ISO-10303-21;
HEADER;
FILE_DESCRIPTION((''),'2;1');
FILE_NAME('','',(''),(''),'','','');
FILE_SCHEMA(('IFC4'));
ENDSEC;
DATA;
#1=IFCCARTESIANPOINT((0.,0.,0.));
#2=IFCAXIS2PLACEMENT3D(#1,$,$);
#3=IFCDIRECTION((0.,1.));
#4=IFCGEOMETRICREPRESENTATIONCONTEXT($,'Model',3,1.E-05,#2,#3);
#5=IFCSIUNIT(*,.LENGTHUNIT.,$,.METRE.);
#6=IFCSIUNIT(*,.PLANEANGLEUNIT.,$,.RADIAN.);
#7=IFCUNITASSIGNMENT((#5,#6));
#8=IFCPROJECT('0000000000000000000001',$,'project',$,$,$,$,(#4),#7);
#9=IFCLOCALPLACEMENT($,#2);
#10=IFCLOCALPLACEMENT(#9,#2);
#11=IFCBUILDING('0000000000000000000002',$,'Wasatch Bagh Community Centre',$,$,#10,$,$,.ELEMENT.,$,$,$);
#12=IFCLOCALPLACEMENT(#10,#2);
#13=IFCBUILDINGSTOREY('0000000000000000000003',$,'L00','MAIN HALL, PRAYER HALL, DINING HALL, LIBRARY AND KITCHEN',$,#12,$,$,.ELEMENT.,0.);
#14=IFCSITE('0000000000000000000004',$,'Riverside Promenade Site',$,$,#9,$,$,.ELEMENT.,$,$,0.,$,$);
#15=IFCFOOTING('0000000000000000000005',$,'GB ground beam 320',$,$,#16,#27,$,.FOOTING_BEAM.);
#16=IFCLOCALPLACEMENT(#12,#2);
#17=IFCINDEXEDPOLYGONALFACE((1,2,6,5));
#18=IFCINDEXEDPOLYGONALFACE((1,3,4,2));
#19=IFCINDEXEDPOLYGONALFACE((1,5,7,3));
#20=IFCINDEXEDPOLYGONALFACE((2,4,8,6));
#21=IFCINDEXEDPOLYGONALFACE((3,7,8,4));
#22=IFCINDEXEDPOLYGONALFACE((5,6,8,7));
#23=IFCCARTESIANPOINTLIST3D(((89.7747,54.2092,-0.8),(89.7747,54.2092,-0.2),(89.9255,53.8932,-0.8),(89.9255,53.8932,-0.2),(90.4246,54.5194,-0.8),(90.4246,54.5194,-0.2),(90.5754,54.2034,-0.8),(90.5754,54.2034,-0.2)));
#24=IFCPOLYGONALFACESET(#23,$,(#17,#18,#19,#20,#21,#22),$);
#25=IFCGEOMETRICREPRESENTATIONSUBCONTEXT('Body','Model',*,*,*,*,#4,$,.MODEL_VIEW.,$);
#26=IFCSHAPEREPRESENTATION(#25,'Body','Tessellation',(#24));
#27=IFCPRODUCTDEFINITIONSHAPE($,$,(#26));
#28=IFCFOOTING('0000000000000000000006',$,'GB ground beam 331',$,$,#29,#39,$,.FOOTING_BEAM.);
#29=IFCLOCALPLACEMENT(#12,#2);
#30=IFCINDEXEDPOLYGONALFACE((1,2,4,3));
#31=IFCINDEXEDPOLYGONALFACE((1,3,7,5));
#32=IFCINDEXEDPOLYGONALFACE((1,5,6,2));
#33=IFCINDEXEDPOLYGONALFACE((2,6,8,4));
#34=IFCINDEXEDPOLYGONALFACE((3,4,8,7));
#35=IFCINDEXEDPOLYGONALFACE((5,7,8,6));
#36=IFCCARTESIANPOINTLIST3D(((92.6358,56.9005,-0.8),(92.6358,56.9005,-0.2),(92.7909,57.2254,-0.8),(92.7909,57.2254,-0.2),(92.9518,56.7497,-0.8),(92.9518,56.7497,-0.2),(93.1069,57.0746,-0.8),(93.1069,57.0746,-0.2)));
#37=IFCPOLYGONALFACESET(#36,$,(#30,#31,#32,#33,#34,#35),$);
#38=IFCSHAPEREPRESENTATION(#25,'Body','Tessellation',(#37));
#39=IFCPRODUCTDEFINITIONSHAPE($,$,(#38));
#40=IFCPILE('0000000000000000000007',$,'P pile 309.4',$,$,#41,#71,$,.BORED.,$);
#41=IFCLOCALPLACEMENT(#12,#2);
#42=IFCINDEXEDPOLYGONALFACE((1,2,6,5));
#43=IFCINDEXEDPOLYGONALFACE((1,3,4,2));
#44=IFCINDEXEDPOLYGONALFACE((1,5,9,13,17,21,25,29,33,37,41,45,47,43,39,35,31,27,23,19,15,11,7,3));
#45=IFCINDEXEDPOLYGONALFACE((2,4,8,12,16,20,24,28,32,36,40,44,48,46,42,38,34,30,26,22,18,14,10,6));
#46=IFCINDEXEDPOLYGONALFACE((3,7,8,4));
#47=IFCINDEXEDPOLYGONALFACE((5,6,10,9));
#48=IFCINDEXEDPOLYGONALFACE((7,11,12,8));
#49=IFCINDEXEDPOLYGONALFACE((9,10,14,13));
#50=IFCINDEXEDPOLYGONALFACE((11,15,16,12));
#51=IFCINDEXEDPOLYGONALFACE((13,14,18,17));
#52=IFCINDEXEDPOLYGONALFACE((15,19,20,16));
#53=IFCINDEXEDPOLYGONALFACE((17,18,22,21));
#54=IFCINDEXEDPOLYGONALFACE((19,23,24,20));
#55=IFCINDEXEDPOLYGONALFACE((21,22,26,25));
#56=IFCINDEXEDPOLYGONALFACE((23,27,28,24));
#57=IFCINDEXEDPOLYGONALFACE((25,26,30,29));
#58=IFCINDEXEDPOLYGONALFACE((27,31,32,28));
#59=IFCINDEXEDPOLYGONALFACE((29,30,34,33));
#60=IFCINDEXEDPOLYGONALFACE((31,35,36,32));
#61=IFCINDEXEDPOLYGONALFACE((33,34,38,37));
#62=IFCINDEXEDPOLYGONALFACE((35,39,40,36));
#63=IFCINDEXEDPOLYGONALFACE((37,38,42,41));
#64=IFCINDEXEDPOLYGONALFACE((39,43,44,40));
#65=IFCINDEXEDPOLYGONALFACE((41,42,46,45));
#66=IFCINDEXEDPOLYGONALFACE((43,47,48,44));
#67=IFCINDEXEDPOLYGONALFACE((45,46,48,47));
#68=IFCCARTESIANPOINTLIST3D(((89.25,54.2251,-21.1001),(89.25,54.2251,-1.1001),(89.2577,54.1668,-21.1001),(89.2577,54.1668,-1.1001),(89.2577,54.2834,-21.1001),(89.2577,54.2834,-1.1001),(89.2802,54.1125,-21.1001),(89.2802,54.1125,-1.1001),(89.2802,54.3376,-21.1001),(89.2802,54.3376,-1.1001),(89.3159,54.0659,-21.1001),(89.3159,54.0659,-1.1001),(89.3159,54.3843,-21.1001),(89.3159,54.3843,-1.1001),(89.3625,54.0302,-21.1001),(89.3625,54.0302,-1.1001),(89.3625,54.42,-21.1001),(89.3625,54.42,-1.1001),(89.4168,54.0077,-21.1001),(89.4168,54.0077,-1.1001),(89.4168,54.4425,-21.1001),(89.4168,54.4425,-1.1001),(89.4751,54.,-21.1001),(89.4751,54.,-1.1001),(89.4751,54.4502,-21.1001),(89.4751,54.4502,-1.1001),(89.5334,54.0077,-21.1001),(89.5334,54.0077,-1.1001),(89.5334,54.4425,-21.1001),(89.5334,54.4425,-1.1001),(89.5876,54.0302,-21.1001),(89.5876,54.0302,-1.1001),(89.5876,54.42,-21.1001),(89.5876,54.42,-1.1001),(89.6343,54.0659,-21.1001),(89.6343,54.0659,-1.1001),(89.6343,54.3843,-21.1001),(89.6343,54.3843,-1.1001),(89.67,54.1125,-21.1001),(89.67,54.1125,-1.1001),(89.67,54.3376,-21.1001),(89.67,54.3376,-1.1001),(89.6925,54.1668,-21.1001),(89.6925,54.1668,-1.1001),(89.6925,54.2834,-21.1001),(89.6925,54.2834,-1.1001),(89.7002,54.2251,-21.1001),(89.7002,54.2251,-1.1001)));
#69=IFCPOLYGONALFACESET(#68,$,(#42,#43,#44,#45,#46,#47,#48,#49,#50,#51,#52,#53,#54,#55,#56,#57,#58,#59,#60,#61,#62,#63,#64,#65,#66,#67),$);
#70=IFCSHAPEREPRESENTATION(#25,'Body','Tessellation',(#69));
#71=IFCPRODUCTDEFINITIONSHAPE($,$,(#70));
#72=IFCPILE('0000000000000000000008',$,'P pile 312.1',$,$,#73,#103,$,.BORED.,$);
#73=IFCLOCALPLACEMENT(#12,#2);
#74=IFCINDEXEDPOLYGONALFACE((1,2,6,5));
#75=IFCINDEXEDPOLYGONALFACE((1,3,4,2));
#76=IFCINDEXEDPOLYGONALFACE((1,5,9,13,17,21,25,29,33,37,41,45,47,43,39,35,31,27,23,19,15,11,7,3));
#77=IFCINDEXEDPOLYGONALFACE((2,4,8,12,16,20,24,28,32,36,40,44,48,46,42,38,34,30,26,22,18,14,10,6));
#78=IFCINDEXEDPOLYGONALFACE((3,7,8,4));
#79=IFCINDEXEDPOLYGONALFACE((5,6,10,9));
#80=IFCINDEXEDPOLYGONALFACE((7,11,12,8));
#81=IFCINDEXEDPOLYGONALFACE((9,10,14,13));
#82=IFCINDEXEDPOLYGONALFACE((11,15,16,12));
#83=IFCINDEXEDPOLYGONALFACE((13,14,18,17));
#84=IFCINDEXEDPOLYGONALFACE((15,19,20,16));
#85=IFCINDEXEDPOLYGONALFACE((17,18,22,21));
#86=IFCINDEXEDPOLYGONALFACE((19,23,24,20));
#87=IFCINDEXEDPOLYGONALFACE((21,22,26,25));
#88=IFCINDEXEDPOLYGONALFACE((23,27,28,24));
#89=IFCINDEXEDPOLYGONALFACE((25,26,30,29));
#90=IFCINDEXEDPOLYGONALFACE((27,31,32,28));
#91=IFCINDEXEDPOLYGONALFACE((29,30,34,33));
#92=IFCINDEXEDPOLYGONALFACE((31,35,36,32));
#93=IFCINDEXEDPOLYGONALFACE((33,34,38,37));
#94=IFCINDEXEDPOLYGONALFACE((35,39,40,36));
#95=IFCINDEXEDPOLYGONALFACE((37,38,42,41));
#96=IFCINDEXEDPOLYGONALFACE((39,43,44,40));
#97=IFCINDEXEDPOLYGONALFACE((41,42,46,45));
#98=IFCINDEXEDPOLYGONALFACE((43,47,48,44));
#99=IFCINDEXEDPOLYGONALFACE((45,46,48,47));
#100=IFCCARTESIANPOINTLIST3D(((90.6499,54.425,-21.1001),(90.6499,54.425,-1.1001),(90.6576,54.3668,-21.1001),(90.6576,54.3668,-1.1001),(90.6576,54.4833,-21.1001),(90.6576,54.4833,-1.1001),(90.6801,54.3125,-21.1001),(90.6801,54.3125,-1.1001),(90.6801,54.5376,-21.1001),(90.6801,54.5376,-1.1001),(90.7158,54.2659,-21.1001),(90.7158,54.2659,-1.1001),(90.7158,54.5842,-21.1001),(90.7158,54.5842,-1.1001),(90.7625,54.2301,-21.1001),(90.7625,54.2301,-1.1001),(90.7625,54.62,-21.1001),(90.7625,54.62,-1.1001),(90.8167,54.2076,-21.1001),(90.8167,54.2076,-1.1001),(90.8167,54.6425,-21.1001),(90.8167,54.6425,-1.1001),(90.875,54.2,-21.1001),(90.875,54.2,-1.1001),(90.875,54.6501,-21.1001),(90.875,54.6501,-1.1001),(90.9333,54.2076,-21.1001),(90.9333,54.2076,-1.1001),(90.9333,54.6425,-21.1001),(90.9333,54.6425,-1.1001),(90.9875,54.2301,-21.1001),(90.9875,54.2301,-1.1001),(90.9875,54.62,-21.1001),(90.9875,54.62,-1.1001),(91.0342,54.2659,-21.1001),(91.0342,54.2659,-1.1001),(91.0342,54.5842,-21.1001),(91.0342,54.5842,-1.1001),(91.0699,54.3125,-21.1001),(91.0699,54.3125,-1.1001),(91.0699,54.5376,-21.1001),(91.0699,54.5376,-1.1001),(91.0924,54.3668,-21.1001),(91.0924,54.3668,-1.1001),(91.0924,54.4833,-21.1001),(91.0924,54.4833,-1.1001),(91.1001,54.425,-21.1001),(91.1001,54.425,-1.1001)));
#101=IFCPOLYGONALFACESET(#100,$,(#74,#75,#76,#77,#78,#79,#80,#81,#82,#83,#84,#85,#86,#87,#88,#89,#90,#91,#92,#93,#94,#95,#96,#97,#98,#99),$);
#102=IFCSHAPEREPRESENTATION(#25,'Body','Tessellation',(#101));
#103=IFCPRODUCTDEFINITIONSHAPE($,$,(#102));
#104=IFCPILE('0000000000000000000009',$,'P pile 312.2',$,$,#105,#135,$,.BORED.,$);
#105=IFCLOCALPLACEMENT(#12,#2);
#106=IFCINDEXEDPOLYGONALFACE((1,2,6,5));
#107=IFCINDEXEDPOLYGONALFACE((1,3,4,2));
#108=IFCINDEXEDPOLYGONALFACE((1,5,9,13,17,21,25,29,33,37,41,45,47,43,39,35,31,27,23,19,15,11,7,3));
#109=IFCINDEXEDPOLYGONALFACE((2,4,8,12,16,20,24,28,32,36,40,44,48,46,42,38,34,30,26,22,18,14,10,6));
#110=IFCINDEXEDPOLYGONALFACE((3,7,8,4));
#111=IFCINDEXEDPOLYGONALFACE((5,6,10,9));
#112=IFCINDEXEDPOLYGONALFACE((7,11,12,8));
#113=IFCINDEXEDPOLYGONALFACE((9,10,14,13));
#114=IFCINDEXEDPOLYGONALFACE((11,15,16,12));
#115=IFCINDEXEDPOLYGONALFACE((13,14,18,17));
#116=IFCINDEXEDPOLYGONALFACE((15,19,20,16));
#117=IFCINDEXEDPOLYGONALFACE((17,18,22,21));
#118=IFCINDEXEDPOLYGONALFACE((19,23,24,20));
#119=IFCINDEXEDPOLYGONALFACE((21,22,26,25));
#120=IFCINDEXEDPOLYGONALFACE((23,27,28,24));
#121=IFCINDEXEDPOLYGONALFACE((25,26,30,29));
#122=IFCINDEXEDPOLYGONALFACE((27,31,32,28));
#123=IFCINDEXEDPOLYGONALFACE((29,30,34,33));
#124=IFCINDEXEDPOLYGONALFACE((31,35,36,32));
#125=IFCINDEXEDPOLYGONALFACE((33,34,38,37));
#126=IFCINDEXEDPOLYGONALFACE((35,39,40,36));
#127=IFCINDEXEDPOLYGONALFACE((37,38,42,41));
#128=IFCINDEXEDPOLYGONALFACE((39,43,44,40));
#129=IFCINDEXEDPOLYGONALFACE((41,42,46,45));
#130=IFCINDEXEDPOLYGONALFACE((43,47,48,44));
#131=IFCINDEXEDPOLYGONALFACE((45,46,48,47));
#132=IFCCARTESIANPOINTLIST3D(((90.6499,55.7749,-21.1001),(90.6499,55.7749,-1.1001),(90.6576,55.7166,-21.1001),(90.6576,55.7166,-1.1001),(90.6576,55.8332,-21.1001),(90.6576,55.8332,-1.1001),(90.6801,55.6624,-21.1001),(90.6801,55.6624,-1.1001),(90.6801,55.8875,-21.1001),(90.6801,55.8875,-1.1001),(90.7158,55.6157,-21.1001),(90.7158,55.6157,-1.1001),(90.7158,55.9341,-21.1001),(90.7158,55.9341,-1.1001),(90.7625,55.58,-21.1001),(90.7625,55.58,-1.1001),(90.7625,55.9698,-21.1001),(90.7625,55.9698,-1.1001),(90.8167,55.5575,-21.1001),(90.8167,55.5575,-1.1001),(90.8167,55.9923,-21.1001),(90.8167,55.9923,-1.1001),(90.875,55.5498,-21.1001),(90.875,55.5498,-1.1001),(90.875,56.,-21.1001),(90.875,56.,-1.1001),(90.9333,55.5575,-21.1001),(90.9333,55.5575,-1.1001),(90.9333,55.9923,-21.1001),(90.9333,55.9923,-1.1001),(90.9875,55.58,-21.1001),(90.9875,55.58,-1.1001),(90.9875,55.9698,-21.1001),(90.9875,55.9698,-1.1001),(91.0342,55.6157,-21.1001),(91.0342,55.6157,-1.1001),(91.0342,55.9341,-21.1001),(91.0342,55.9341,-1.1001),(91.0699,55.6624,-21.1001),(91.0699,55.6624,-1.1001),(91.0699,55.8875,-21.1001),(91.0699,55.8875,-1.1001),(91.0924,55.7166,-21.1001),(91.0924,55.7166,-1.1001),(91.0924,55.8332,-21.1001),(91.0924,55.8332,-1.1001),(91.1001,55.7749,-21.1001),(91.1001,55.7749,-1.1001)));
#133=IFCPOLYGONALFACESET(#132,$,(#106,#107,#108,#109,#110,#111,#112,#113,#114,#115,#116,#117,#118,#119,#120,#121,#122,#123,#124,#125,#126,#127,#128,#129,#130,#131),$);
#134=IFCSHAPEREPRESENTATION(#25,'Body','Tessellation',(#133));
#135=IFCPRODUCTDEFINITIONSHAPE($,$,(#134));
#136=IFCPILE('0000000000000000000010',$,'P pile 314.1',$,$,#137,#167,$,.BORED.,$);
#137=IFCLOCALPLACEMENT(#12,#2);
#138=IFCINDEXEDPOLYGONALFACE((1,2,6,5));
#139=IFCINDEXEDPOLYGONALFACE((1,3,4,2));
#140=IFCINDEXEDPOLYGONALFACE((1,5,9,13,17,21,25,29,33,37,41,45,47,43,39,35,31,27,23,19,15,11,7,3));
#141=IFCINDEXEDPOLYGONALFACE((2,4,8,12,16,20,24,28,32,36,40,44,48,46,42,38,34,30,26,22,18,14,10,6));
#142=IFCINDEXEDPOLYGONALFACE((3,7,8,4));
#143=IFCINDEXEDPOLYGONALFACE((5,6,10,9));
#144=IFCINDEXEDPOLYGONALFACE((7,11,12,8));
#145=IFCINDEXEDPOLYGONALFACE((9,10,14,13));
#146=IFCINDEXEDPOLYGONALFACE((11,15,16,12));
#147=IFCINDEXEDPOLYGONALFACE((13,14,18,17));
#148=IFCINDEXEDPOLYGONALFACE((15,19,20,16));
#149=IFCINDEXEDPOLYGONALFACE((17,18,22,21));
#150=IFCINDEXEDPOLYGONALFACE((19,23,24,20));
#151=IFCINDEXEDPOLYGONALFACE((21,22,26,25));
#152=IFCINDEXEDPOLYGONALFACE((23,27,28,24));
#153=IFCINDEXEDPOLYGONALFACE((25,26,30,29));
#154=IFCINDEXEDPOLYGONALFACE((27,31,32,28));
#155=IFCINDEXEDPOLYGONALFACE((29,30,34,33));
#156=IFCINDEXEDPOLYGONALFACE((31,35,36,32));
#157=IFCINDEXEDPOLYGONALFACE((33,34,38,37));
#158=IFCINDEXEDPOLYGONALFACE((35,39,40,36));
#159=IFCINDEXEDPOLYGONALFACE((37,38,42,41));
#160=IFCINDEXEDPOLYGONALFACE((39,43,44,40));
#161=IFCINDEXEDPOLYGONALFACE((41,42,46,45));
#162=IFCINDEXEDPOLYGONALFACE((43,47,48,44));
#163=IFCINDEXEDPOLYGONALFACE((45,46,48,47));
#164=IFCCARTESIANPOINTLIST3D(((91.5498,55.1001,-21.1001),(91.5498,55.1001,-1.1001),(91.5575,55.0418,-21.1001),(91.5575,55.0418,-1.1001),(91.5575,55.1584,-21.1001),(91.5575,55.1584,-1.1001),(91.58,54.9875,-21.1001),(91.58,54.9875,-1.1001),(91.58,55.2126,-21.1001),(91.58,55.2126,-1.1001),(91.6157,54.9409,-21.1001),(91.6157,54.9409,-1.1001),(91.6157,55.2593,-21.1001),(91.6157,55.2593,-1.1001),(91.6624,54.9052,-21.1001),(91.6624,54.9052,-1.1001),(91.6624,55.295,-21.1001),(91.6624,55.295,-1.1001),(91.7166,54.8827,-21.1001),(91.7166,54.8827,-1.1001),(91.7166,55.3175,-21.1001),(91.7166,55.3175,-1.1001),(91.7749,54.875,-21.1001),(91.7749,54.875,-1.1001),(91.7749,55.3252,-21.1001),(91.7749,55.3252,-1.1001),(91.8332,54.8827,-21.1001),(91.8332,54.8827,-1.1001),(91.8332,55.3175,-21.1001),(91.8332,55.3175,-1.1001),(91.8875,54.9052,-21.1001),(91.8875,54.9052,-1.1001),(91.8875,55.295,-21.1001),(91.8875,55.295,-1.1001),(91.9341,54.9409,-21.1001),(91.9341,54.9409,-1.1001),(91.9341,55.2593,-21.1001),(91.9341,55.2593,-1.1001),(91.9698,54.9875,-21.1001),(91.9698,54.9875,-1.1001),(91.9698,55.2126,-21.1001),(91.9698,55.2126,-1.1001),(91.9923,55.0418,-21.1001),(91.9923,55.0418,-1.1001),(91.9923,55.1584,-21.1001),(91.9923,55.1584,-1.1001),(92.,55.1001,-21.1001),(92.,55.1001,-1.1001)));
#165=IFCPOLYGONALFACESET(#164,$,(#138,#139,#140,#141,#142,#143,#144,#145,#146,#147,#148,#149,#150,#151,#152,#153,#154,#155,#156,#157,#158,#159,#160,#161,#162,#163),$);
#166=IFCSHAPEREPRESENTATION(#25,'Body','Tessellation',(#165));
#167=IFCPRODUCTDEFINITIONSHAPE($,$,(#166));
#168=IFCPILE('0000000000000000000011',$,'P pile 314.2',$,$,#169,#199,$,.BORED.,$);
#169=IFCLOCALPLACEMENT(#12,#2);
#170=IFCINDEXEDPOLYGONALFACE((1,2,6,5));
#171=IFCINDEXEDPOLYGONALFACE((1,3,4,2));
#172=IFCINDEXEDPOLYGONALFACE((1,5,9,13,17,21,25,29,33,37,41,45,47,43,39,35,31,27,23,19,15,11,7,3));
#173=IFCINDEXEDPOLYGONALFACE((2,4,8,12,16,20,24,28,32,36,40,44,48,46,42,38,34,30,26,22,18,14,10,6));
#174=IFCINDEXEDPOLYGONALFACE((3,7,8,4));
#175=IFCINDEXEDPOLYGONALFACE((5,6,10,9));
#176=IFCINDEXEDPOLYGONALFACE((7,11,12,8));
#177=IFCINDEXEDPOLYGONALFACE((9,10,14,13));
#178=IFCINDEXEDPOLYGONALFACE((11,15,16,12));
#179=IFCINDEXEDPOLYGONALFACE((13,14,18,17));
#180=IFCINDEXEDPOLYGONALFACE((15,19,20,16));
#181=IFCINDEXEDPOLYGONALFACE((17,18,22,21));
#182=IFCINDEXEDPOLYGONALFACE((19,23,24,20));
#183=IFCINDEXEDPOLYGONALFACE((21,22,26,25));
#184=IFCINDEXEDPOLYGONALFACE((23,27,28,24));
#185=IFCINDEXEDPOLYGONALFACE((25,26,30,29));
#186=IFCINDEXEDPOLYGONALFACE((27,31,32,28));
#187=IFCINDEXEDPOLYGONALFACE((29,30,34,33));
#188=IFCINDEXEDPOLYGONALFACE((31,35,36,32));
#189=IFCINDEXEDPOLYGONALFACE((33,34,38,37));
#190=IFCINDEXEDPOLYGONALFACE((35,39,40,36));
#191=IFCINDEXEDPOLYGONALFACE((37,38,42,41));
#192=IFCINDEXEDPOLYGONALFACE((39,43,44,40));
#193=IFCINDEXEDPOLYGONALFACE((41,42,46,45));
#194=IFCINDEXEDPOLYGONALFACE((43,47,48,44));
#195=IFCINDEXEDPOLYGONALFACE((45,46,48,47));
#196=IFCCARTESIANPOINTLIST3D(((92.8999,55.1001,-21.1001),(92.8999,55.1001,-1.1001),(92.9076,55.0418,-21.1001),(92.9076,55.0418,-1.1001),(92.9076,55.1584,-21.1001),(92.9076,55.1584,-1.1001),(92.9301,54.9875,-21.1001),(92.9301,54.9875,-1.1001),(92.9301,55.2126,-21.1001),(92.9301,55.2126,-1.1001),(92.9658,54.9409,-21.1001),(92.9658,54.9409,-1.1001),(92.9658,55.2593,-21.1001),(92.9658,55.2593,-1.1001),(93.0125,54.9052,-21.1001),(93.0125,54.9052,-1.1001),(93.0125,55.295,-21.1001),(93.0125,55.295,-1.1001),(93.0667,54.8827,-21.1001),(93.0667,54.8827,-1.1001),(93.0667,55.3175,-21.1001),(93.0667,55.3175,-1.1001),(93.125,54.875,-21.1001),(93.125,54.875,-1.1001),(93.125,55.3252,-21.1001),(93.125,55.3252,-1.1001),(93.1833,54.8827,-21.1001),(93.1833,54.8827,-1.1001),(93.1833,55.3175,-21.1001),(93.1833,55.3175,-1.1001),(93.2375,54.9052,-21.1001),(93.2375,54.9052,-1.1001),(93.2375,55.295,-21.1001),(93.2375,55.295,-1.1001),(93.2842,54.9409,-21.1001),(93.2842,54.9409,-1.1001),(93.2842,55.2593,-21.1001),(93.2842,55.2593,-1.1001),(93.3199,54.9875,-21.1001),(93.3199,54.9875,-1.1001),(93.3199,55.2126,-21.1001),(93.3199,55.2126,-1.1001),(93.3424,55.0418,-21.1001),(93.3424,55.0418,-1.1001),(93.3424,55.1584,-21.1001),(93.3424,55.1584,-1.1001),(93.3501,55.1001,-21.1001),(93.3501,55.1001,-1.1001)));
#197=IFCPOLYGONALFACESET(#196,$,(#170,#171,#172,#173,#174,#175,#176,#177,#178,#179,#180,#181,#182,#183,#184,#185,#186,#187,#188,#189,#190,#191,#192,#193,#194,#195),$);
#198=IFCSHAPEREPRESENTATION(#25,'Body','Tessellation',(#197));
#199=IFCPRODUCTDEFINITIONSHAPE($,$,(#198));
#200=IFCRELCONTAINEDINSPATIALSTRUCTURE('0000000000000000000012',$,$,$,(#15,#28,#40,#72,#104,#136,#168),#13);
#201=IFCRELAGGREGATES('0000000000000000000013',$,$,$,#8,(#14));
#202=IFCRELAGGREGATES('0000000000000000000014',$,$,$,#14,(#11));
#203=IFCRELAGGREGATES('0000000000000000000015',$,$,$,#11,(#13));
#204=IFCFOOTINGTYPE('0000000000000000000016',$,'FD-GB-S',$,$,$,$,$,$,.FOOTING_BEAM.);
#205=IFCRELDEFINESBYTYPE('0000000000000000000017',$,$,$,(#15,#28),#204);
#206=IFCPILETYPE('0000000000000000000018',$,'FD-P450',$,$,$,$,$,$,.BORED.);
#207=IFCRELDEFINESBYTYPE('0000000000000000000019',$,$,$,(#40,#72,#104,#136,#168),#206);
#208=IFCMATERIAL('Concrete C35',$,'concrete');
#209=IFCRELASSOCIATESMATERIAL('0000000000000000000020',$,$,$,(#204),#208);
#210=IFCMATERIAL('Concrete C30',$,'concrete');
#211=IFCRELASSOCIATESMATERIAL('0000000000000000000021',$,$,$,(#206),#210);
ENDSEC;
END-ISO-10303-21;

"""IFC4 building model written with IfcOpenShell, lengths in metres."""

from ifc_helpers import new_model, si_unit, direction, frame, origin, origin_2d, place, context, subcontext, project, spatial, rectangle, circle, extrude, material, material_profile, profile_set, type_object, element, save


model = new_model("IFC4")

# Units and contexts
model_context = context("Model", 3, precision=1e-05, world=origin(), true_north=direction((0.0, 1.0)))
body_context = subcontext(model_context, "Body", "Model", "MODEL_VIEW")
ifc_project = project(units=[si_unit("LENGTHUNIT", "METRE"), si_unit("PLANEANGLEUNIT", "RADIAN")], contexts=[model_context])

# Site, building, storey
site_placement = place(None, origin())
site = spatial("IfcSite", under=ifc_project, at=site_placement, Name="Riverside Promenade Site", CompositionType="ELEMENT", RefElevation=0.0)
building_placement = place(site_placement, origin())
building = spatial("IfcBuilding", under=site, at=building_placement, Name="Wasatch Bagh Community Centre", CompositionType="ELEMENT")
storey_placement = place(building_placement, origin())
storey = spatial("IfcBuildingStorey", under=building, at=storey_placement, Name="L00", Description="MAIN HALL, PRAYER HALL, DINING HALL, LIBRARY AND KITCHEN", CompositionType="ELEMENT", Elevation=0.0)

# Footings
ifc_material_1 = material(Name="Concrete C35", Category="concrete")
footing_type_1 = type_object("IfcFootingType", Name="FD-GB-S", PredefinedType="FOOTING_BEAM", material=ifc_material_1)
footing_1_placement = place(storey_placement, frame((90.175, 54.2063, -0.8), z_axis=(0.0, 0.0, 1.0), x_axis=(0.902481, 0.43073, 0.0)))
element("IfcFooting", 1, at=footing_1_placement, inside=storey, type_object=footing_type_1, Name="GB ground beam 320", PredefinedType="FOOTING_BEAM", context=body_context, shape_type="SweptSolid", body=[
    extrude(rectangle(XDim=0.7202, YDim=0.3501, at=origin_2d()), origin(), (0.0, 0.0, 1.0), 0.6001),
])
footing_2_placement = place(storey_placement, frame((92.8713, 56.9875, -0.8), z_axis=(0.0, 0.0, 1.0), x_axis=(-0.43073, -0.902481, 0.0)))
element("IfcFooting", 2, at=footing_2_placement, inside=storey, type_object=footing_type_1, Name="GB ground beam 331", PredefinedType="FOOTING_BEAM", context=body_context, shape_type="SweptSolid", body=[
    extrude(rectangle(XDim=0.3601, YDim=0.3501, at=origin_2d()), origin(), (0.0, 0.0, 1.0), 0.6001),
])

# Piles
ifc_material_2 = material(Name="Concrete C30", Category="concrete")
ifc_material_profile_1 = material_profile(ifc_material_2, circle(Radius=0.2251, at=origin_2d()), Name="RC D450")
ifc_profile_set_1 = profile_set([ifc_material_profile_1], Name="Concrete C30")
pile_type = type_object("IfcPileType", Name="FD-P450", PredefinedType="BORED", material=ifc_profile_set_1)
for number, where, z_axis, x_axis, name in (
    (3, (89.4751, 54.2251, -1.1001), (0.0, 0.0, -1.0), (1.0, 0.0, 0.0), "P pile 309.4"),
    (4, (90.875, 54.425, -1.1001), (0.0, 0.0, -1.0), (1.0, 0.0, 0.0), "P pile 312.1"),
    (5, (90.875, 55.7749, -1.1001), (0.0, 0.0, -1.0), (1.0, 0.0, 0.0), "P pile 312.2"),
    (6, (91.7749, 55.1001, -1.1001), (0.0, 0.0, -1.0), (1.0, 0.0, 0.0), "P pile 314.1"),
    (7, (93.125, 55.1001, -1.1001), (0.0, 0.0, -1.0), (1.0, 0.0, 0.0), "P pile 314.2"),
):
    element("IfcPile", number, at=place(storey_placement, frame(where, z_axis=z_axis, x_axis=x_axis)), inside=storey, type_object=pile_type, Name=name, PredefinedType="BORED", context=body_context, shape_type="SweptSolid", body=[
        extrude(circle(Radius=0.2251, at=origin_2d()), origin(), (0.0, 0.0, 1.0), 20.0),
    ])

save(model, "model.ifc")
